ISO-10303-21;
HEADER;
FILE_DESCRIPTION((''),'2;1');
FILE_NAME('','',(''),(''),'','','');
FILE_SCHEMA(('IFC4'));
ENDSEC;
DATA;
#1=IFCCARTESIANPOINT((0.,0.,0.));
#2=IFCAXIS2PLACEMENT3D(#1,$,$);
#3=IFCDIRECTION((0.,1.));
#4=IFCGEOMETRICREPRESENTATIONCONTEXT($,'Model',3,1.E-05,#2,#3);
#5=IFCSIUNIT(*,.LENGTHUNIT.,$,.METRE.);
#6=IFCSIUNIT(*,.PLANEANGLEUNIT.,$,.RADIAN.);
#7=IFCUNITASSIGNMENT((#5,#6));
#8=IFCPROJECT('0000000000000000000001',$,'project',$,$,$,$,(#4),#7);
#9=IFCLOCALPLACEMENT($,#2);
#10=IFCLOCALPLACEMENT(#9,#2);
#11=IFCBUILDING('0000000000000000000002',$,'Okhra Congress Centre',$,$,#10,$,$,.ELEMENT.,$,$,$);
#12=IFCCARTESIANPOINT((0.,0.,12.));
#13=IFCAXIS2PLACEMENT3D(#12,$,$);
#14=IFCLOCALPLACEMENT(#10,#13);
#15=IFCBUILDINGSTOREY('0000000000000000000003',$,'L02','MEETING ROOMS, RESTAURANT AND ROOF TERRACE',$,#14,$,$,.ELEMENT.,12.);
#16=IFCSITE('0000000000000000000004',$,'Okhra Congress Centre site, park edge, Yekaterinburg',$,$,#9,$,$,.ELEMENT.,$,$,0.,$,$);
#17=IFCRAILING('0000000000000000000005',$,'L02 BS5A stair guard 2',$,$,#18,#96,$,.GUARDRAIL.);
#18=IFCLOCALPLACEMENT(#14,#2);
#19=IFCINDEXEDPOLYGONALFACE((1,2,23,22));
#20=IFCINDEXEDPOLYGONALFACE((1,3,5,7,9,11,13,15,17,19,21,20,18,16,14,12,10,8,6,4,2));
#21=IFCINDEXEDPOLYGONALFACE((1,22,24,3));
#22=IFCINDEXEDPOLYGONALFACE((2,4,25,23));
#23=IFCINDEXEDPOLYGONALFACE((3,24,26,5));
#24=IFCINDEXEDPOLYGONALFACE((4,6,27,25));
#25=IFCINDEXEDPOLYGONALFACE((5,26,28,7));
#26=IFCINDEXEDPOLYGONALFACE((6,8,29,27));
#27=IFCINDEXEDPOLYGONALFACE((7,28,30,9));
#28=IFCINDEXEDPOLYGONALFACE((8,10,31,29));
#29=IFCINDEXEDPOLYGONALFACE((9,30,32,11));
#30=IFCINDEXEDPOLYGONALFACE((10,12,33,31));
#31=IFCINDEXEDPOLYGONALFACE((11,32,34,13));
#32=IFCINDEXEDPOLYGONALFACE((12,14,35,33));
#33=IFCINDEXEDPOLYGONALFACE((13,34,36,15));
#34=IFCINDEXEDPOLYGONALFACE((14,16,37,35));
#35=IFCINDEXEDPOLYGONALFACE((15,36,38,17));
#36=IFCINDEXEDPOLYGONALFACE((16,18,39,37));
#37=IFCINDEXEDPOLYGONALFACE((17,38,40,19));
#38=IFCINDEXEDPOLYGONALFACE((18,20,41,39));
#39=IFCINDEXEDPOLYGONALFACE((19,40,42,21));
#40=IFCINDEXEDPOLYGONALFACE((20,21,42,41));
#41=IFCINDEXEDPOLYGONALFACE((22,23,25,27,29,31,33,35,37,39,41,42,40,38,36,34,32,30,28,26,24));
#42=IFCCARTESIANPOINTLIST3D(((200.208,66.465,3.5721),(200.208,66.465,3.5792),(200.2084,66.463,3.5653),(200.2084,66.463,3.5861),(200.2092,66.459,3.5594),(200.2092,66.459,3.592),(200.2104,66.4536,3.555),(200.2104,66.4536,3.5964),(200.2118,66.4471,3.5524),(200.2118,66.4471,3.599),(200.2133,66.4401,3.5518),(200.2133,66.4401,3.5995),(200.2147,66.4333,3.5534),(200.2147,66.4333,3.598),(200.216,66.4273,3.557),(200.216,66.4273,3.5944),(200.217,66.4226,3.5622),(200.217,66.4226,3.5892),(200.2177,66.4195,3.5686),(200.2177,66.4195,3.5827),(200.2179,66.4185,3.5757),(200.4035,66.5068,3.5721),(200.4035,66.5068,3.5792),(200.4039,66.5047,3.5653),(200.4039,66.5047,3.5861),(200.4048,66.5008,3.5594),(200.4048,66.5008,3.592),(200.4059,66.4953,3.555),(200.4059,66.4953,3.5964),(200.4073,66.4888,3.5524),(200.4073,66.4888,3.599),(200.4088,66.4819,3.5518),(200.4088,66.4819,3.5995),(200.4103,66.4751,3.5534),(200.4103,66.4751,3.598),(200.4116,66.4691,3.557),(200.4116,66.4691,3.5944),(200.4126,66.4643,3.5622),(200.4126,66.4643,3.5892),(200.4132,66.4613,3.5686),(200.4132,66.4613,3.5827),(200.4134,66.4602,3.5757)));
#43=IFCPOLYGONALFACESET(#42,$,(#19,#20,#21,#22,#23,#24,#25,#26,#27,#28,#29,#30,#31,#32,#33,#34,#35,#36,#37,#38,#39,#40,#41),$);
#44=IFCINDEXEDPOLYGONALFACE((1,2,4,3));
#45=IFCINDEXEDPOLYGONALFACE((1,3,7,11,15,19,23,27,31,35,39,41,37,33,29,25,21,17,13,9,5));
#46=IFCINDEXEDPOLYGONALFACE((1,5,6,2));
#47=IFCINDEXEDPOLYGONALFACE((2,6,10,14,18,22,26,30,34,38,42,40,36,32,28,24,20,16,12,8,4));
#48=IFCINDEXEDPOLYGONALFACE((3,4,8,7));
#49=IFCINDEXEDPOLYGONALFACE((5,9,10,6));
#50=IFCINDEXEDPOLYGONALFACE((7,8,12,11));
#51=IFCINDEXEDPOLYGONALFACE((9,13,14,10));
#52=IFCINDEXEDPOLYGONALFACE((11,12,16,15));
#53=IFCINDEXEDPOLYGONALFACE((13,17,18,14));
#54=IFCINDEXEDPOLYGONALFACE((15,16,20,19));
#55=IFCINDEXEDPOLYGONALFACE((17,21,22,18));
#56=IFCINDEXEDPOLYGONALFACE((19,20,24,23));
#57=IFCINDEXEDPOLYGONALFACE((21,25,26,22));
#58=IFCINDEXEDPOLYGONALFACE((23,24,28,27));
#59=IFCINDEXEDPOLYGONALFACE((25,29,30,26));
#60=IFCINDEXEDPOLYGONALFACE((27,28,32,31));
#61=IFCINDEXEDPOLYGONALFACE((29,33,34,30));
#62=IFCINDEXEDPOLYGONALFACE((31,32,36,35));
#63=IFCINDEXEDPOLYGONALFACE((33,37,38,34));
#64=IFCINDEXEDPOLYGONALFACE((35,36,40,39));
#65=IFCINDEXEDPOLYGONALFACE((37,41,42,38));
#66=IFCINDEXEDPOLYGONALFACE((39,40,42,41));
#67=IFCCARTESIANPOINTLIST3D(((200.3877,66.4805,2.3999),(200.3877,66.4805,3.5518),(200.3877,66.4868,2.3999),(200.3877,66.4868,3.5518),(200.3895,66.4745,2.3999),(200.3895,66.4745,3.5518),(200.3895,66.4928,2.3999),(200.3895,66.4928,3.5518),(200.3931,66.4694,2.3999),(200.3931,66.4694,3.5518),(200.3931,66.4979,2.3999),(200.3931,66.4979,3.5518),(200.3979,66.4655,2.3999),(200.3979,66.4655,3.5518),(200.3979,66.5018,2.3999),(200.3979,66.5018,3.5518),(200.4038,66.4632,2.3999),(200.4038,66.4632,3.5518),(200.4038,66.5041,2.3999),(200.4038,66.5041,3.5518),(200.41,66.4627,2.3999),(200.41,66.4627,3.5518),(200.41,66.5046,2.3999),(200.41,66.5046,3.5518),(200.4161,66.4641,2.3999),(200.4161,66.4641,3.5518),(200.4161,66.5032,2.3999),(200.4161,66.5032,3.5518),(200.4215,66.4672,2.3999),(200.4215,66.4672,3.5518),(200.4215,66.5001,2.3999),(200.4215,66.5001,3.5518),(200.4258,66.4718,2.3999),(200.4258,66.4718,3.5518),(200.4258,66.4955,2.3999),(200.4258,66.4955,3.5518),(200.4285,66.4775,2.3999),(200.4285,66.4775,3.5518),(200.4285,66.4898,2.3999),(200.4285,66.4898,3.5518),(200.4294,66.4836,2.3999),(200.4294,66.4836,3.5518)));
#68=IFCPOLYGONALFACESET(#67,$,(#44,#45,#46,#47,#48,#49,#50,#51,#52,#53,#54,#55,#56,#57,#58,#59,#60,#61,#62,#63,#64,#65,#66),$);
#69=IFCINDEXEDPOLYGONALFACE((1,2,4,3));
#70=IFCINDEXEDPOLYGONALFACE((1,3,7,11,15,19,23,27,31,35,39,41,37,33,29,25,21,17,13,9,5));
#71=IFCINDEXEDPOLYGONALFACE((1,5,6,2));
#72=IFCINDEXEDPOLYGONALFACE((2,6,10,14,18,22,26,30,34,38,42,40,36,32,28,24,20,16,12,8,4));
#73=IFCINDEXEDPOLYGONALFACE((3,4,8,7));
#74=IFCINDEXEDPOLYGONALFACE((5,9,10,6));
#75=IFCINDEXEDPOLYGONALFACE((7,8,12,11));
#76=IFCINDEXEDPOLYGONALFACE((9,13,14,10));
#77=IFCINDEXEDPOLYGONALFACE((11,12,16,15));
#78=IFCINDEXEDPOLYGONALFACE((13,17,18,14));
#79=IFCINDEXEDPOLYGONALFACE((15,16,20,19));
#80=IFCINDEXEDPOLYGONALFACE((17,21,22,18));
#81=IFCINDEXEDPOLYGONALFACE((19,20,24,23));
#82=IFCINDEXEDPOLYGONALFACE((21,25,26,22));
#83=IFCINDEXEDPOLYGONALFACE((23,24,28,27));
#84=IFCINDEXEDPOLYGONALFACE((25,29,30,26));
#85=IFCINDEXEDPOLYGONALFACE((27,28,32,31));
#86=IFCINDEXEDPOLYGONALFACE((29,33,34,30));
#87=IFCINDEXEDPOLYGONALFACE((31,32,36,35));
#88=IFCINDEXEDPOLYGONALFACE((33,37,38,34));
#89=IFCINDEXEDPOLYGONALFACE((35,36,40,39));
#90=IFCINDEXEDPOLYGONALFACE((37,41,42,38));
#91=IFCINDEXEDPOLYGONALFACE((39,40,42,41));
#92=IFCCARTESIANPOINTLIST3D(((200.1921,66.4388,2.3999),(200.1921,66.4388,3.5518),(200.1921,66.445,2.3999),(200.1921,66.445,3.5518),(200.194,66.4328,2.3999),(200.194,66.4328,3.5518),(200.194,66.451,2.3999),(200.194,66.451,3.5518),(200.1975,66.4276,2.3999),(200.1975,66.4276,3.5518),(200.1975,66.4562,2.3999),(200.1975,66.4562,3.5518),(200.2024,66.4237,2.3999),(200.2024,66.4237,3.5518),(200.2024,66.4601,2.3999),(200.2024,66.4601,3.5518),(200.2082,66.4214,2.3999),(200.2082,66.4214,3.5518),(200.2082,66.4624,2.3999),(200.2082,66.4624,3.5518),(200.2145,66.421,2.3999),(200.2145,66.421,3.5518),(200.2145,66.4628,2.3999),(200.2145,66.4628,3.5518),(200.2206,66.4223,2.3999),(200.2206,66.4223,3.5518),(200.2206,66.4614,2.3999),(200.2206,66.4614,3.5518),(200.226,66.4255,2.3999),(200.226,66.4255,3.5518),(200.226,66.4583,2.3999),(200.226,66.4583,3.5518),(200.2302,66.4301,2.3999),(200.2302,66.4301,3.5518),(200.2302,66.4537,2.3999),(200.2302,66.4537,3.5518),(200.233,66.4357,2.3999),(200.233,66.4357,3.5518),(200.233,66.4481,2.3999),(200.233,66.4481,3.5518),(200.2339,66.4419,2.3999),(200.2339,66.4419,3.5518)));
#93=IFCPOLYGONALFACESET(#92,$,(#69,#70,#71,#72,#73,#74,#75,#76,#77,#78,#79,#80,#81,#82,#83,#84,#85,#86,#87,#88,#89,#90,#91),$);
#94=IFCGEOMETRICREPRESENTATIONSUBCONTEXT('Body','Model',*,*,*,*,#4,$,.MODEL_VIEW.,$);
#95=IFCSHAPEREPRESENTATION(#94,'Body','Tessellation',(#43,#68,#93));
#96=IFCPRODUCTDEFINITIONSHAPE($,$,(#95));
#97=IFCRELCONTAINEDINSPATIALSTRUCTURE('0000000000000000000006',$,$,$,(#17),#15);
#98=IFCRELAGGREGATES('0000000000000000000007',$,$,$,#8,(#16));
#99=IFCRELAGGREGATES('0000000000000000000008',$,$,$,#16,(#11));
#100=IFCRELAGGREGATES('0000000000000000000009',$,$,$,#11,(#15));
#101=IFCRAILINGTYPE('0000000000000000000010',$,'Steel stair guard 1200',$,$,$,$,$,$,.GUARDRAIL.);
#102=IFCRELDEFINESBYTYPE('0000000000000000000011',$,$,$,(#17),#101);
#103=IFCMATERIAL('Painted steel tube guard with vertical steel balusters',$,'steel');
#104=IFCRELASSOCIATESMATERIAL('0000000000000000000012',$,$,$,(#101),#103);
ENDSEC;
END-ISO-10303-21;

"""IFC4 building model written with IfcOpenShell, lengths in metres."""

from ifc_helpers import new_model, si_unit, direction, frame, origin, origin_2d, place, context, subcontext, project, spatial, circle, extrude, material, type_object, element, save


model = new_model("IFC4")

# Units and contexts
model_context = context("Model", 3, precision=1e-05, world=origin(), true_north=direction((0.0, 1.0)))
body_context = subcontext(model_context, "Body", "Model", "MODEL_VIEW")
ifc_project = project(units=[si_unit("LENGTHUNIT", "METRE"), si_unit("PLANEANGLEUNIT", "RADIAN")], contexts=[model_context])

# Site, building, storey
site_placement = place(None, origin())
site = spatial("IfcSite", under=ifc_project, at=site_placement, Name="Okhra Congress Centre site, park edge, Yekaterinburg", CompositionType="ELEMENT", RefElevation=0.0)
building_placement = place(site_placement, origin())
building = spatial("IfcBuilding", under=site, at=building_placement, Name="Okhra Congress Centre", CompositionType="ELEMENT")
storey_placement = place(building_placement, frame((0.0, 0.0, 12.0)))
storey = spatial("IfcBuildingStorey", under=building, at=storey_placement, Name="L02", Description="MEETING ROOMS, RESTAURANT AND ROOF TERRACE", CompositionType="ELEMENT", Elevation=12.0)

# Railing
ifc_material_1 = material(Name="Painted steel tube guard with vertical steel balusters", Category="steel")
railing_type_1 = type_object("IfcRailingType", Name="Steel stair guard 1200", PredefinedType="GUARDRAIL", material=ifc_material_1)
railing_1_placement = place(storey_placement, frame((200.4084, 66.4836, 2.3999)))
element("IfcRailing", 1, at=railing_1_placement, inside=storey, type_object=railing_type_1, Name="L02 BS5A stair guard 2", PredefinedType="GUARDRAIL", context=body_context, shape_type="SweptSolid", body=[
    extrude(circle(Radius=0.0239, at=origin_2d()), frame((0.0, 0.0, 1.1758), z_axis=(-0.977963, -0.208779, 0.0), x_axis=(0.208779, -0.977963, 0.0)), (0.0, 0.0, 1.0), 0.2),
    extrude(circle(Radius=0.021, at=origin_2d()), origin(), (0.0, 0.0, 1.0), 1.1519),
    extrude(circle(Radius=0.021, at=origin_2d()), frame((-0.1956, -0.0417, 0.0)), (0.0, 0.0, 1.0), 1.1519),
])

save(model, "model.ifc")
